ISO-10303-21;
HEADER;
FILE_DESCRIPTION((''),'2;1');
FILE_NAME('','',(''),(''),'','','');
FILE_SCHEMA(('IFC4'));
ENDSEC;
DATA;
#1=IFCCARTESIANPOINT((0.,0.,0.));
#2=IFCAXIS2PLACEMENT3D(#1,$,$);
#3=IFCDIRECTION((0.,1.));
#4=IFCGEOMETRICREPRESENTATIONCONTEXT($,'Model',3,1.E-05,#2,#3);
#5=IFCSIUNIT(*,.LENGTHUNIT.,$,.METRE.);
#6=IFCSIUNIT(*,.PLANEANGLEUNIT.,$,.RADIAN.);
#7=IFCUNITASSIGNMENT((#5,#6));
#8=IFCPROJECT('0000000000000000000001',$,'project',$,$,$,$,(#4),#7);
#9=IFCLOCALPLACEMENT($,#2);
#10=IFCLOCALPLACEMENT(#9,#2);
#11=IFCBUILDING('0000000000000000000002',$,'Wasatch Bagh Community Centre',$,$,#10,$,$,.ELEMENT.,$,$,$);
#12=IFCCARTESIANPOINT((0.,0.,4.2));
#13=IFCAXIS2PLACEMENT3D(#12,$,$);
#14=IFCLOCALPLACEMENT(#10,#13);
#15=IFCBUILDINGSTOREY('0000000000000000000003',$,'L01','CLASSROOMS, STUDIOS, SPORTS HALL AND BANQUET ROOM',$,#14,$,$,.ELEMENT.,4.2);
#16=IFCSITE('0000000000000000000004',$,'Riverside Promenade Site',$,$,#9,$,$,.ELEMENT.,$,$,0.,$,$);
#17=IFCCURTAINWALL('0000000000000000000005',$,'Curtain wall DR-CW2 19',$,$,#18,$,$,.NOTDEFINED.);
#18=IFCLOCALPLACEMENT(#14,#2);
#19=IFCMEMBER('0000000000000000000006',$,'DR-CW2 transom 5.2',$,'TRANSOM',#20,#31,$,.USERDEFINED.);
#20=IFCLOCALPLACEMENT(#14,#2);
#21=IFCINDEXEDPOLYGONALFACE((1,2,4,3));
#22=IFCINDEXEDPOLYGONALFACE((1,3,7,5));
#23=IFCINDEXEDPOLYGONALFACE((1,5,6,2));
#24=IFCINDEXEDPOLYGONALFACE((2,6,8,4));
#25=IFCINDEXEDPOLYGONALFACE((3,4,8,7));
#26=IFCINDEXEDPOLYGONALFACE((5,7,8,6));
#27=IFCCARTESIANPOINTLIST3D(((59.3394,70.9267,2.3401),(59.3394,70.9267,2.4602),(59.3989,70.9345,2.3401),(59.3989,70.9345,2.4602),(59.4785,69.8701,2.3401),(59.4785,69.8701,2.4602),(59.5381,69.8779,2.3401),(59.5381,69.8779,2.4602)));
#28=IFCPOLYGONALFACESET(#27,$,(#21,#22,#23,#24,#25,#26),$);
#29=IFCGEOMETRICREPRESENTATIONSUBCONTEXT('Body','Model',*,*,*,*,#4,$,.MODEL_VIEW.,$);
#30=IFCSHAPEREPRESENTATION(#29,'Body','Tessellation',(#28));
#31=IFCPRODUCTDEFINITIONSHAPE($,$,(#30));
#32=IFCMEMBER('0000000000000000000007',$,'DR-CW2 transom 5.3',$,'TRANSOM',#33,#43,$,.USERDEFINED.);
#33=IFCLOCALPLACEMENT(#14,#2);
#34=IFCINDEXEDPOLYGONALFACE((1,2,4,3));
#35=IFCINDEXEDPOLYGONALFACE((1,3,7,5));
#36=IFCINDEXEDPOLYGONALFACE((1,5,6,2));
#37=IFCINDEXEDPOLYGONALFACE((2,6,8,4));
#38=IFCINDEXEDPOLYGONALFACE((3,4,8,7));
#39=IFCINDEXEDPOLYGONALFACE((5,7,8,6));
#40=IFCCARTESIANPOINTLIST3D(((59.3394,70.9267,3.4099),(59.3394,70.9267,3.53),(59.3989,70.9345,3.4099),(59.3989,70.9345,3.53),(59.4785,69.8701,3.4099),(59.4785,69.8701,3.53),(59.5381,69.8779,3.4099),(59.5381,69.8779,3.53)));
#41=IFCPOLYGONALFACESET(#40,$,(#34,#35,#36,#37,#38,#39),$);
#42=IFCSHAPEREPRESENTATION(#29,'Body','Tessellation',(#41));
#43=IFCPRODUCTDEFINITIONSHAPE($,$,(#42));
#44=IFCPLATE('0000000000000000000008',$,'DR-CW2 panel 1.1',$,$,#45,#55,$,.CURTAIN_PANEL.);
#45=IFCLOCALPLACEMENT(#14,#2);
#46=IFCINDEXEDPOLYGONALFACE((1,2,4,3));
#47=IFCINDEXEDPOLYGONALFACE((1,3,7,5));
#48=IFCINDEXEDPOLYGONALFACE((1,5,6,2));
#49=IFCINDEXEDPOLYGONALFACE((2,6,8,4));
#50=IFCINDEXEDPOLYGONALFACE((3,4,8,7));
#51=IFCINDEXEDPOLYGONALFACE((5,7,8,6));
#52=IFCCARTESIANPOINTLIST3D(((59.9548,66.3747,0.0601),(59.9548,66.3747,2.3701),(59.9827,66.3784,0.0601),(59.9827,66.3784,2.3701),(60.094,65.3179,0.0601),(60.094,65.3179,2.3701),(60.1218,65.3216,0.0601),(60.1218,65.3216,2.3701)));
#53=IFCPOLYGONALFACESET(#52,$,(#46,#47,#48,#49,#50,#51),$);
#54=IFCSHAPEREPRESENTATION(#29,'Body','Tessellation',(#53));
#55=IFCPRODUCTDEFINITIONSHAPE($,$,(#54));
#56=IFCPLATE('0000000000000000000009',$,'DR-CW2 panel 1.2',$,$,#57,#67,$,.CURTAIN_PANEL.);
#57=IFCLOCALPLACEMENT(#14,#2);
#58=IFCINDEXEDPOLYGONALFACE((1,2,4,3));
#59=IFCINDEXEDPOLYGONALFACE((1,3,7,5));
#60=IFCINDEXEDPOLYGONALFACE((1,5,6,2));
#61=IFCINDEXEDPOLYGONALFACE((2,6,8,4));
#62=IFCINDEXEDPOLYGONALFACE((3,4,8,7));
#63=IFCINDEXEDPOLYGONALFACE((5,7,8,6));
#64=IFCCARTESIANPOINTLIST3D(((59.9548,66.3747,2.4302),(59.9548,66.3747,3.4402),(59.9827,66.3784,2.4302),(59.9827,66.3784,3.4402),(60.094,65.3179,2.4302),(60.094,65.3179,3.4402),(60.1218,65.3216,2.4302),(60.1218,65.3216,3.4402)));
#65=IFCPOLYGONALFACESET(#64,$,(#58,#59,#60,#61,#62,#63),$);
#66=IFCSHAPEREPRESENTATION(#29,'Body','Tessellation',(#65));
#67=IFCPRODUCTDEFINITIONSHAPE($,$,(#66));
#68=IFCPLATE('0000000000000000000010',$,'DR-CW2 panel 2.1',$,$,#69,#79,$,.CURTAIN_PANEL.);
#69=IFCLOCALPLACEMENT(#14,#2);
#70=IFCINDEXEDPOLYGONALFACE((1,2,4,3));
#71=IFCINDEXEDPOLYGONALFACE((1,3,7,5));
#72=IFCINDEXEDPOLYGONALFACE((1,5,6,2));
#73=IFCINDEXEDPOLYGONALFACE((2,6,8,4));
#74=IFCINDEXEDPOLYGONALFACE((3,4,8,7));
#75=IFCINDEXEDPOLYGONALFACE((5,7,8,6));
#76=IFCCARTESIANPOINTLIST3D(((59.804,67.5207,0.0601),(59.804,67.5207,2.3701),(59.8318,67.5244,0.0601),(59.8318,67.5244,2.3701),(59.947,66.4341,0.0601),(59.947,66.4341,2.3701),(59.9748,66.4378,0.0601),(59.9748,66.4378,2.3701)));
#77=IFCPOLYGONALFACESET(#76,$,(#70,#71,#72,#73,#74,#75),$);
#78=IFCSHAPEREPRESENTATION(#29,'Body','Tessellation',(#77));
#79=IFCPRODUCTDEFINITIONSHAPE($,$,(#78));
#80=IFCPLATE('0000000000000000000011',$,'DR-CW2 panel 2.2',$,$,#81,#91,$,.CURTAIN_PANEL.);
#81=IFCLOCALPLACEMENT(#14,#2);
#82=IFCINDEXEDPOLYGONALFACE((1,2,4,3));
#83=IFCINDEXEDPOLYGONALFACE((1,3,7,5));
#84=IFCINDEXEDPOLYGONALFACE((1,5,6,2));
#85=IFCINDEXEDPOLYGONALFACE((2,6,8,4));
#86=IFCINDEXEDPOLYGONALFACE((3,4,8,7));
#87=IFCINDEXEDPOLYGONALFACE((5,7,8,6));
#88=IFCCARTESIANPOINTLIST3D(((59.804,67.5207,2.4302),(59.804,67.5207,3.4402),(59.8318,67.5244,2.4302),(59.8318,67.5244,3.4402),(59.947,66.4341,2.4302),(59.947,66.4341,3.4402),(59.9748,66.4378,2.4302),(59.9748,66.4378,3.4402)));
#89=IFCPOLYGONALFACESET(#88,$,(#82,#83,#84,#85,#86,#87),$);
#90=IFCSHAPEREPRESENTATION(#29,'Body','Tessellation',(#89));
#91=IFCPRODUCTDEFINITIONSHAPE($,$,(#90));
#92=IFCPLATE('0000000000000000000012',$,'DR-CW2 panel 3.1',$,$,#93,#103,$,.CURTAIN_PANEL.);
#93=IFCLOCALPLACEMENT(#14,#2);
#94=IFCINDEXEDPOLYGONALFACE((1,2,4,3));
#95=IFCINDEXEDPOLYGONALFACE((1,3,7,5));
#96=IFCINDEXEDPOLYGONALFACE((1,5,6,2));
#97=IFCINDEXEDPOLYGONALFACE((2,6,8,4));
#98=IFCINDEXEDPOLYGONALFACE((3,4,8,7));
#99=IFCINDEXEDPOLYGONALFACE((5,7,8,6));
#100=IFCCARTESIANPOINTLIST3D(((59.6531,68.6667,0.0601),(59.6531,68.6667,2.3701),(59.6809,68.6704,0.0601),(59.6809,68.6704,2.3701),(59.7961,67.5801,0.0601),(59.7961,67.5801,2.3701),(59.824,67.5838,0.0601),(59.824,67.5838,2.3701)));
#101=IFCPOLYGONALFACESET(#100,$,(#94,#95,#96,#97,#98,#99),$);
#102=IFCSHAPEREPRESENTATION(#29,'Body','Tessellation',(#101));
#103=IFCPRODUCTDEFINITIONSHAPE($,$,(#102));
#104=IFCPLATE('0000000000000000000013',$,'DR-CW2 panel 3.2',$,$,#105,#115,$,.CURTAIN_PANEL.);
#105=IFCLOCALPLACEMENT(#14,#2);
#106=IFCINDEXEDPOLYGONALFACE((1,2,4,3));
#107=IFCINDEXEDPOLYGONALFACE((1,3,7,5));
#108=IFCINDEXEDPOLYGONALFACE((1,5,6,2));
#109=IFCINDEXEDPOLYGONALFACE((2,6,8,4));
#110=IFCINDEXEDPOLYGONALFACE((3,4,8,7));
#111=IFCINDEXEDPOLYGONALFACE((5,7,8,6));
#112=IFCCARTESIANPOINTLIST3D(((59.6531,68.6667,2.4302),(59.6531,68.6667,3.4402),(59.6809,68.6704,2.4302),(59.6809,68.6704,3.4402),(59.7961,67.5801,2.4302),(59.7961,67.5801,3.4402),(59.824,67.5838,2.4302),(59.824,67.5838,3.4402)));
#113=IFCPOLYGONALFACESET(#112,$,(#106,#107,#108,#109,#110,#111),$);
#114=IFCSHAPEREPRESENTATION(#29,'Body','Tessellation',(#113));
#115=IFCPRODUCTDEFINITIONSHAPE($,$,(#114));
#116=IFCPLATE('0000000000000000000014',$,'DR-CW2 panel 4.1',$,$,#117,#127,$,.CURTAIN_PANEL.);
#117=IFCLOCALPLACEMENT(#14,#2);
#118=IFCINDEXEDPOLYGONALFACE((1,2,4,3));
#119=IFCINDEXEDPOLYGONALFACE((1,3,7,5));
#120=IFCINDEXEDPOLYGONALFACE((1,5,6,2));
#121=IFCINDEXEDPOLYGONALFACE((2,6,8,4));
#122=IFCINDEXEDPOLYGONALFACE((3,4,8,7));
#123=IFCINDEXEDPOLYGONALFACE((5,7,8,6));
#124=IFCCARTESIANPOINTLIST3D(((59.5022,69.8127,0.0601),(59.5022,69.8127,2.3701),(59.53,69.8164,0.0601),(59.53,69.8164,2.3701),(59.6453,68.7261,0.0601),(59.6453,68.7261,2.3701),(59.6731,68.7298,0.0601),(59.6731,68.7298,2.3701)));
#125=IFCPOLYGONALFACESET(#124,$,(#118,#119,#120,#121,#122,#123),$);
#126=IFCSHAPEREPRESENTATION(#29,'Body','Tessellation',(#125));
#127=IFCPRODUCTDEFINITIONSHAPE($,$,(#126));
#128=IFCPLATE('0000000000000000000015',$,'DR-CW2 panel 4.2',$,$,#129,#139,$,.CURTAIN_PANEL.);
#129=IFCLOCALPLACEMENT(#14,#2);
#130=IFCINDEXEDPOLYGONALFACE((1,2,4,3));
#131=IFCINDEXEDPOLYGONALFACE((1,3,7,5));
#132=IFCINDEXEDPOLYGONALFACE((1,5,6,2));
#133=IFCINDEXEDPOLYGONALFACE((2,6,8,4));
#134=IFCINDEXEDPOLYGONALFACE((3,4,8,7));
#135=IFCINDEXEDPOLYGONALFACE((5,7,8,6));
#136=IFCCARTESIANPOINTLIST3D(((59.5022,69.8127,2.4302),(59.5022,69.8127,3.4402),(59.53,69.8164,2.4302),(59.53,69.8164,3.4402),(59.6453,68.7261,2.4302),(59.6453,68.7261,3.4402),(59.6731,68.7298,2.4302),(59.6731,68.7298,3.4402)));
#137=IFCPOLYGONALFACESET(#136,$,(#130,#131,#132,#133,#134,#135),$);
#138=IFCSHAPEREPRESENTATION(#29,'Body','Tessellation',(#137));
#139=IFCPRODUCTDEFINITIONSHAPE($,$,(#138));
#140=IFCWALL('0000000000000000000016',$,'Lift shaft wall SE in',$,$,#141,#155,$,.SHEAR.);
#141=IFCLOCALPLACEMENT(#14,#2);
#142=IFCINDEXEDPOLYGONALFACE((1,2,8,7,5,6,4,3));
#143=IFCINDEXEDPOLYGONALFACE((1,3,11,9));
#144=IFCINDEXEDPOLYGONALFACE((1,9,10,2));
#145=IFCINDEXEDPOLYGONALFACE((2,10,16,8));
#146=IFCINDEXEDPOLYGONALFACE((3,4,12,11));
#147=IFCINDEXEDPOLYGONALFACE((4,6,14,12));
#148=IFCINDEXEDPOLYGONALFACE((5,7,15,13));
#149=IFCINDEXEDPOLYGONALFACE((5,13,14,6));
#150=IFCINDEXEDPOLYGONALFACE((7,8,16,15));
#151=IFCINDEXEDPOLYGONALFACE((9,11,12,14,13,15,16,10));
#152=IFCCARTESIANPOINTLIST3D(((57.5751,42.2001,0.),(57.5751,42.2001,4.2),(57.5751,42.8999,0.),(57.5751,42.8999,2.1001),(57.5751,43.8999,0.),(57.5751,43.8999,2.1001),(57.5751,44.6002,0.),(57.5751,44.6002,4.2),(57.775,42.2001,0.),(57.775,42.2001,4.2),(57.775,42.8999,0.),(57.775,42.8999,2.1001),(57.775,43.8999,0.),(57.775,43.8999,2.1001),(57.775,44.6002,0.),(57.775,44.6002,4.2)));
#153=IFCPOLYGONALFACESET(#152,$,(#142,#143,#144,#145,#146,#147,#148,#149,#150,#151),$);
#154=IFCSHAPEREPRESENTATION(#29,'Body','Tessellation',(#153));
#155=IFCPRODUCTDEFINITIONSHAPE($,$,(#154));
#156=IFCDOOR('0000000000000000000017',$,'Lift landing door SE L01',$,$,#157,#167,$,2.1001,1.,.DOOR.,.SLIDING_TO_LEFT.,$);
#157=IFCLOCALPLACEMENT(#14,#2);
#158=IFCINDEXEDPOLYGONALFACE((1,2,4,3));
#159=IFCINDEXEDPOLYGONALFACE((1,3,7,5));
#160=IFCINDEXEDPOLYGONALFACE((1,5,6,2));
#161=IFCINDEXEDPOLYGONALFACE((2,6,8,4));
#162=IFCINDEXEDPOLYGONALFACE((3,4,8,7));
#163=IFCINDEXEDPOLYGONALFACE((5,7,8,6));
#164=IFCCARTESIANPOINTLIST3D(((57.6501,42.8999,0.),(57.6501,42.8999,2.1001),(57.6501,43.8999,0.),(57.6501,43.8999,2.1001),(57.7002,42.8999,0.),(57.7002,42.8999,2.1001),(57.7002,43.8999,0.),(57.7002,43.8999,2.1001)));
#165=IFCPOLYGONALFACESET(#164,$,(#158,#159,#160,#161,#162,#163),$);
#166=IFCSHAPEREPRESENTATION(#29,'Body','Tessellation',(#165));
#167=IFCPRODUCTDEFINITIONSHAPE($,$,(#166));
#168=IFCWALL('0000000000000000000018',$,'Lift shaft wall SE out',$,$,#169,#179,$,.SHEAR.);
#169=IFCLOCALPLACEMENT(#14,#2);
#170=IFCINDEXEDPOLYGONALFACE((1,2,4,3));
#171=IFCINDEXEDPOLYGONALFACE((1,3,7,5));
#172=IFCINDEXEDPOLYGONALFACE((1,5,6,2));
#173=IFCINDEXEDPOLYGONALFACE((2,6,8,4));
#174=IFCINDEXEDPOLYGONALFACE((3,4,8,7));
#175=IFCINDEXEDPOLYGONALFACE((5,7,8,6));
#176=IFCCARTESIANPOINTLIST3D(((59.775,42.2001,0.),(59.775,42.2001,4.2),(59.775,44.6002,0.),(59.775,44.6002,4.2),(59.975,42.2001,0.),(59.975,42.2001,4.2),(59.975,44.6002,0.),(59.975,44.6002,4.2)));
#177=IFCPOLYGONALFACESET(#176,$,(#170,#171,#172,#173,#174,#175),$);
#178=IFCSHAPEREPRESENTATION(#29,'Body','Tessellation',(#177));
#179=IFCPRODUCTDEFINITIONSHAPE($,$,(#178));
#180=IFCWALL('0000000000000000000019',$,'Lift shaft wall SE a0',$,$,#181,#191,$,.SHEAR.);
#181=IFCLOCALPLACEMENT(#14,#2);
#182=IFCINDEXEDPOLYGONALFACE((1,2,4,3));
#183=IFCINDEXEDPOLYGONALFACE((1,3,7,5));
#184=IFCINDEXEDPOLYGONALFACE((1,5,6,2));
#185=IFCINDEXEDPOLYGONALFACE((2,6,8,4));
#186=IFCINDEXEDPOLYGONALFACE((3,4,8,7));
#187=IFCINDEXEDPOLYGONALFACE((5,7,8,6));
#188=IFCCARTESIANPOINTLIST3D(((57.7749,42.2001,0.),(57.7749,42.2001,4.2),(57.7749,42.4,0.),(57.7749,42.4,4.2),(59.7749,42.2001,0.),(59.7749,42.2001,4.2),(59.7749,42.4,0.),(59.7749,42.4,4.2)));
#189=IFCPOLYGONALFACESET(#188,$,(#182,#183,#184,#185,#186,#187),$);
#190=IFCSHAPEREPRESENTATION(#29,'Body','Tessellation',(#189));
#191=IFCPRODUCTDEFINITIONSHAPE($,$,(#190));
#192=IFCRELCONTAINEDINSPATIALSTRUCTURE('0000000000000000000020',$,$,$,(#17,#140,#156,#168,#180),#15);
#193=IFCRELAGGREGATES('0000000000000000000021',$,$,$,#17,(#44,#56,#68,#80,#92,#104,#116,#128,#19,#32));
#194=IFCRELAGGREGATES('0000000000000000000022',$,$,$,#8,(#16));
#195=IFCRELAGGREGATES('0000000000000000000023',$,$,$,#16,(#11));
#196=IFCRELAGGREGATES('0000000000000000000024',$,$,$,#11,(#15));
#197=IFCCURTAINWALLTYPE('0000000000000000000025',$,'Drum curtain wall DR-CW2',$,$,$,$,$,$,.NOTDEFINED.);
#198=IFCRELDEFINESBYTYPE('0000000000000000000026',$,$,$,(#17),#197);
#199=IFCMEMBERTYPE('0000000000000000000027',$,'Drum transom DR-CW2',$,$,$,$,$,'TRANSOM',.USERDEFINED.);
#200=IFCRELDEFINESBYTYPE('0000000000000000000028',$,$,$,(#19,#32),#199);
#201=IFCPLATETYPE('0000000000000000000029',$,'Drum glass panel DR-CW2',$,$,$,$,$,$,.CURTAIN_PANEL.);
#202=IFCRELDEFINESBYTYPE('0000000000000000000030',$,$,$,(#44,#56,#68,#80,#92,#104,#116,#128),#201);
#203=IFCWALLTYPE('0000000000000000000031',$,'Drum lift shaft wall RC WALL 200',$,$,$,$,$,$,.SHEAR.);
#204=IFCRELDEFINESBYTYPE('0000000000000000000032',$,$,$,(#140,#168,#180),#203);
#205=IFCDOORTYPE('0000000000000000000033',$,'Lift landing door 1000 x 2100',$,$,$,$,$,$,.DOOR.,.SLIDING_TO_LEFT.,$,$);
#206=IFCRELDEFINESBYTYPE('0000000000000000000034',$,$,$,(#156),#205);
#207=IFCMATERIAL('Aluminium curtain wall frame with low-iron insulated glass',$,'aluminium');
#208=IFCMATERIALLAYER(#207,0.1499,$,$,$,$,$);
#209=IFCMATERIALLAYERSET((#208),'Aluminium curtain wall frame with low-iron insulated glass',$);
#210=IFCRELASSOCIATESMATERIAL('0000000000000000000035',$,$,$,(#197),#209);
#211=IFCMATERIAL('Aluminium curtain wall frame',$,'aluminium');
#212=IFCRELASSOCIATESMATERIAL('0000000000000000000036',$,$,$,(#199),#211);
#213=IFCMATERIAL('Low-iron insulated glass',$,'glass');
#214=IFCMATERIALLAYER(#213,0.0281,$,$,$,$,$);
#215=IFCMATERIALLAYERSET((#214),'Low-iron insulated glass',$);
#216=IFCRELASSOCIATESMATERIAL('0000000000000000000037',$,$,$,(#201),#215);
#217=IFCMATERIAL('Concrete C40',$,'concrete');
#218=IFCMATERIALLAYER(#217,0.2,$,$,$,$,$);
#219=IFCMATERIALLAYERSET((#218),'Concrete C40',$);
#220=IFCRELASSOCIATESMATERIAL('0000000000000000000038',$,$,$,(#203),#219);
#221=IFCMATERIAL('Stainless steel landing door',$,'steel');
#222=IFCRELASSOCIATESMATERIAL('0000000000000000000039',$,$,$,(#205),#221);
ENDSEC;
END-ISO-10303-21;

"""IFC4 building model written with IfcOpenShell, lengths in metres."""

from ifc_helpers import new_model, si_unit, direction, frame, frame_2d, origin, origin_2d, place, context, subcontext, project, spatial, rectangle, extrude, material, layer, layer_set, material_profile, profile_set, type_object, element, fill, aggregate, save


model = new_model("IFC4")

# Units and contexts
model_context = context("Model", 3, precision=1e-05, world=origin(), true_north=direction((0.0, 1.0)))
body_context = subcontext(model_context, "Body", "Model", "MODEL_VIEW")
ifc_project = project(units=[si_unit("LENGTHUNIT", "METRE"), si_unit("PLANEANGLEUNIT", "RADIAN")], contexts=[model_context])

# Site, building, storey
site_placement = place(None, origin())
site = spatial("IfcSite", under=ifc_project, at=site_placement, Name="Riverside Promenade Site", CompositionType="ELEMENT", RefElevation=0.0)
building_placement = place(site_placement, origin())
building = spatial("IfcBuilding", under=site, at=building_placement, Name="Wasatch Bagh Community Centre", CompositionType="ELEMENT")
storey_placement = place(building_placement, frame((0.0, 0.0, 4.2)))
storey = spatial("IfcBuildingStorey", under=building, at=storey_placement, Name="L01", Description="CLASSROOMS, STUDIOS, SPORTS HALL AND BANQUET ROOM", CompositionType="ELEMENT", Elevation=4.2)

# Curtain wall, members, plates
ifc_material_1 = material(Name="Aluminium curtain wall frame with low-iron insulated glass", Category="aluminium")
ifc_layer_1 = layer(ifc_material_1, 0.1499)
ifc_layer_set_1 = layer_set([ifc_layer_1], Name="Aluminium curtain wall frame with low-iron insulated glass")
curtain_wall_type = type_object("IfcCurtainWallType", Name="Drum curtain wall DR-CW2", PredefinedType="NOTDEFINED", material=ifc_layer_set_1)
curtain_wall_placement = place(storey_placement, origin())
curtain_wall = element("IfcCurtainWall", 1, at=curtain_wall_placement, inside=storey, type_object=curtain_wall_type, Name="Curtain wall DR-CW2 19", PredefinedType="NOTDEFINED")
ifc_material_2 = material(Name="Aluminium curtain wall frame", Category="aluminium")
ifc_material_profile_1 = material_profile(ifc_material_2, rectangle(XDim=0.0601, YDim=0.1201, at=origin_2d()), Name="Drum transom DR-CW2")
ifc_profile_set_1 = profile_set([ifc_material_profile_1], Name="Aluminium curtain wall frame")
member_type_1 = type_object("IfcMemberType", Name="Drum transom DR-CW2", ElementType="TRANSOM", PredefinedType="USERDEFINED", material=ifc_profile_set_1)
member_1_placement = place(storey_placement, frame((59.5083, 69.874, 2.4001), z_axis=(-0.130573, 0.991439, 0.0), x_axis=(-0.991439, -0.130573, 0.0)))
member_1 = element("IfcMember", 2, at=member_1_placement, type_object=member_type_1, Name="DR-CW2 transom 5.2", ObjectType="TRANSOM", PredefinedType="USERDEFINED", context=body_context, shape_type="SweptSolid", body=[
    extrude(rectangle(XDim=0.0601, YDim=0.1201, at=origin_2d()), origin(), (0.0, 0.0, 1.0), 1.0657),
])
member_2_placement = place(storey_placement, frame((59.5083, 69.874, 3.47), z_axis=(-0.130573, 0.991439, 0.0), x_axis=(-0.991439, -0.130573, 0.0)))
member_2 = element("IfcMember", 3, at=member_2_placement, type_object=member_type_1, Name="DR-CW2 transom 5.3", ObjectType="TRANSOM", PredefinedType="USERDEFINED", context=body_context, shape_type="SweptSolid", body=[
    extrude(rectangle(XDim=0.0601, YDim=0.1201, at=origin_2d()), origin(), (0.0, 0.0, 1.0), 1.0657),
])
ifc_material_3 = material(Name="Low-iron insulated glass", Category="glass")
ifc_layer_2 = layer(ifc_material_3, 0.0281)
ifc_layer_set_2 = layer_set([ifc_layer_2], Name="Low-iron insulated glass")
plate_type = type_object("IfcPlateType", Name="Drum glass panel DR-CW2", PredefinedType="CURTAIN_PANEL", material=ifc_layer_set_2)
plate_1_placement = place(storey_placement, frame((60.0383, 65.8481, 0.0601), z_axis=(0.0, 0.0, 1.0), x_axis=(-0.130526, 0.991445, 0.0)))
plate_1 = element("IfcPlate", 4, at=plate_1_placement, type_object=plate_type, Name="DR-CW2 panel 1.1", PredefinedType="CURTAIN_PANEL", context=body_context, shape_type="SweptSolid", body=[
    extrude(rectangle(XDim=1.0659, YDim=0.0281, at=origin_2d()), origin(), (0.0, 0.0, 1.0), 2.3101),
])
plate_2_placement = place(storey_placement, frame((60.0383, 65.8481, 2.4302), z_axis=(0.0, 0.0, 1.0), x_axis=(-0.130526, 0.991445, 0.0)))
plate_2 = element("IfcPlate", 5, at=plate_2_placement, type_object=plate_type, Name="DR-CW2 panel 1.2", PredefinedType="CURTAIN_PANEL", context=body_context, shape_type="SweptSolid", body=[
    extrude(rectangle(XDim=1.0659, YDim=0.0281, at=origin_2d()), origin(), (0.0, 0.0, 1.0), 1.01),
])
plate_3_placement = place(storey_placement, frame((59.8894, 66.9792, 0.0601), z_axis=(0.0, 0.0, 1.0), x_axis=(-0.130526, 0.991445, 0.0)))
plate_3 = element("IfcPlate", 6, at=plate_3_placement, type_object=plate_type, Name="DR-CW2 panel 2.1", PredefinedType="CURTAIN_PANEL", context=body_context, shape_type="SweptSolid", body=[
    extrude(rectangle(XDim=1.0959, YDim=0.0281, at=origin_2d()), origin(), (0.0, 0.0, 1.0), 2.3101),
])
plate_4_placement = place(storey_placement, frame((59.8894, 66.9792, 2.4302), z_axis=(0.0, 0.0, 1.0), x_axis=(-0.130526, 0.991445, 0.0)))
plate_4 = element("IfcPlate", 7, at=plate_4_placement, type_object=plate_type, Name="DR-CW2 panel 2.2", PredefinedType="CURTAIN_PANEL", context=body_context, shape_type="SweptSolid", body=[
    extrude(rectangle(XDim=1.0959, YDim=0.0281, at=origin_2d()), origin(), (0.0, 0.0, 1.0), 1.01),
])
plate_5_placement = place(storey_placement, frame((59.7385, 68.1252, 0.0601), z_axis=(0.0, 0.0, 1.0), x_axis=(-0.130526, 0.991445, 0.0)))
plate_5 = element("IfcPlate", 8, at=plate_5_placement, type_object=plate_type, Name="DR-CW2 panel 3.1", PredefinedType="CURTAIN_PANEL", context=body_context, shape_type="SweptSolid", body=[
    extrude(rectangle(XDim=1.0959, YDim=0.0281, at=origin_2d()), origin(), (0.0, 0.0, 1.0), 2.3101),
])
plate_6_placement = place(storey_placement, frame((59.7385, 68.1252, 2.4302), z_axis=(0.0, 0.0, 1.0), x_axis=(-0.130526, 0.991445, 0.0)))
plate_6 = element("IfcPlate", 9, at=plate_6_placement, type_object=plate_type, Name="DR-CW2 panel 3.2", PredefinedType="CURTAIN_PANEL", context=body_context, shape_type="SweptSolid", body=[
    extrude(rectangle(XDim=1.0959, YDim=0.0281, at=origin_2d()), origin(), (0.0, 0.0, 1.0), 1.01),
])
plate_7_placement = place(storey_placement, frame((59.5876, 69.2712, 0.0601), z_axis=(0.0, 0.0, 1.0), x_axis=(-0.130526, 0.991445, 0.0)))
plate_7 = element("IfcPlate", 10, at=plate_7_placement, type_object=plate_type, Name="DR-CW2 panel 4.1", PredefinedType="CURTAIN_PANEL", context=body_context, shape_type="SweptSolid", body=[
    extrude(rectangle(XDim=1.0959, YDim=0.0281, at=origin_2d()), origin(), (0.0, 0.0, 1.0), 2.3101),
])
plate_8_placement = place(storey_placement, frame((59.5876, 69.2712, 2.4302), z_axis=(0.0, 0.0, 1.0), x_axis=(-0.130526, 0.991445, 0.0)))
plate_8 = element("IfcPlate", 11, at=plate_8_placement, type_object=plate_type, Name="DR-CW2 panel 4.2", PredefinedType="CURTAIN_PANEL", context=body_context, shape_type="SweptSolid", body=[
    extrude(rectangle(XDim=1.0959, YDim=0.0281, at=origin_2d()), origin(), (0.0, 0.0, 1.0), 1.01),
])
aggregate(curtain_wall, [plate_1, plate_2, plate_3, plate_4, plate_5, plate_6, plate_7, plate_8, member_1, member_2])

# Wall, opening, door
ifc_material_4 = material(Name="Concrete C40", Category="concrete")
ifc_layer_3 = layer(ifc_material_4, 0.2)
ifc_layer_set_3 = layer_set([ifc_layer_3], Name="Concrete C40")
wall_type_1 = type_object("IfcWallType", Name="Drum lift shaft wall RC WALL 200", PredefinedType="SHEAR", material=ifc_layer_set_3)
wall_1_placement = place(storey_placement, frame((57.675, 42.2, 0.0), z_axis=(0.0, 0.0, 1.0), x_axis=(0.0, 1.0, 0.0)))
wall_1 = element("IfcWall", 12, at=wall_1_placement, inside=storey, type_object=wall_type_1, Name="Lift shaft wall SE in", PredefinedType="SHEAR", context=body_context, shape_type="SweptSolid", body=[
    extrude(rectangle(XDim=2.4001, YDim=0.2, at=frame_2d((1.2002, 0.0))), origin(), (0.0, 0.0, 1.0), 4.2),
])
opening_1_placement = place(wall_1_placement, frame((0.7, 0.0, 0.0)))
opening_1 = element("IfcOpeningElement", 13, at=opening_1_placement, cuts=wall_1, PredefinedType="OPENING", context=body_context, shape_type="SweptSolid", body=[
    extrude(rectangle(XDim=1.0, YDim=2.1001, at=frame_2d((0.5, 1.05))), frame((0.0, 0.1099, 0.0), z_axis=(0.0, -1.0, 0.0), x_axis=(1.0, 0.0, 0.0)), (0.0, 0.0, 1.0), 0.22),
])
ifc_material_5 = material(Name="Stainless steel landing door", Category="steel")
door_type_1 = type_object("IfcDoorType", Name="Lift landing door 1000 x 2100", OperationType="SLIDING_TO_LEFT", PredefinedType="DOOR", material=ifc_material_5)
door_1_placement = place(opening_1_placement, origin())
door_1 = element("IfcDoor", 14, at=door_1_placement, inside=storey, type_object=door_type_1, Name="Lift landing door SE L01", OperationType="SLIDING_TO_LEFT", OverallHeight=2.1001, OverallWidth=1.0, PredefinedType="DOOR", context=body_context, shape_type="SweptSolid", body=[
    extrude(rectangle(XDim=1.0, YDim=2.1001, at=frame_2d((0.5, 1.05))), frame((0.0, 0.0249, 0.0), z_axis=(0.0, -1.0, 0.0), x_axis=(1.0, 0.0, 0.0)), (0.0, 0.0, 1.0), 0.05),
])
fill(opening_1, door_1)

# Walls
wall_2_placement = place(storey_placement, frame((59.875, 42.2, 0.0), z_axis=(0.0, 0.0, 1.0), x_axis=(0.0, 1.0, 0.0)))
element("IfcWall", 15, at=wall_2_placement, inside=storey, type_object=wall_type_1, Name="Lift shaft wall SE out", PredefinedType="SHEAR", context=body_context, shape_type="SweptSolid", body=[
    extrude(rectangle(XDim=2.4001, YDim=0.2, at=frame_2d((1.2002, 0.0))), origin(), (0.0, 0.0, 1.0), 4.2),
])
for number, where, z_axis, x_axis, name in (
    (16, (57.7749, 42.3, 0.0), (0.0, 0.0, 1.0), (1.0, 0.0, 0.0), "Lift shaft wall SE a0"),
):
    element("IfcWall", number, at=place(storey_placement, frame(where, z_axis=z_axis, x_axis=x_axis)), inside=storey, type_object=wall_type_1, Name=name, PredefinedType="SHEAR", context=body_context, shape_type="SweptSolid", body=[
        extrude(rectangle(XDim=2.0, YDim=0.2, at=frame_2d((1.0, 0.0))), origin(), (0.0, 0.0, 1.0), 4.2),
    ])

save(model, "model.ifc")
